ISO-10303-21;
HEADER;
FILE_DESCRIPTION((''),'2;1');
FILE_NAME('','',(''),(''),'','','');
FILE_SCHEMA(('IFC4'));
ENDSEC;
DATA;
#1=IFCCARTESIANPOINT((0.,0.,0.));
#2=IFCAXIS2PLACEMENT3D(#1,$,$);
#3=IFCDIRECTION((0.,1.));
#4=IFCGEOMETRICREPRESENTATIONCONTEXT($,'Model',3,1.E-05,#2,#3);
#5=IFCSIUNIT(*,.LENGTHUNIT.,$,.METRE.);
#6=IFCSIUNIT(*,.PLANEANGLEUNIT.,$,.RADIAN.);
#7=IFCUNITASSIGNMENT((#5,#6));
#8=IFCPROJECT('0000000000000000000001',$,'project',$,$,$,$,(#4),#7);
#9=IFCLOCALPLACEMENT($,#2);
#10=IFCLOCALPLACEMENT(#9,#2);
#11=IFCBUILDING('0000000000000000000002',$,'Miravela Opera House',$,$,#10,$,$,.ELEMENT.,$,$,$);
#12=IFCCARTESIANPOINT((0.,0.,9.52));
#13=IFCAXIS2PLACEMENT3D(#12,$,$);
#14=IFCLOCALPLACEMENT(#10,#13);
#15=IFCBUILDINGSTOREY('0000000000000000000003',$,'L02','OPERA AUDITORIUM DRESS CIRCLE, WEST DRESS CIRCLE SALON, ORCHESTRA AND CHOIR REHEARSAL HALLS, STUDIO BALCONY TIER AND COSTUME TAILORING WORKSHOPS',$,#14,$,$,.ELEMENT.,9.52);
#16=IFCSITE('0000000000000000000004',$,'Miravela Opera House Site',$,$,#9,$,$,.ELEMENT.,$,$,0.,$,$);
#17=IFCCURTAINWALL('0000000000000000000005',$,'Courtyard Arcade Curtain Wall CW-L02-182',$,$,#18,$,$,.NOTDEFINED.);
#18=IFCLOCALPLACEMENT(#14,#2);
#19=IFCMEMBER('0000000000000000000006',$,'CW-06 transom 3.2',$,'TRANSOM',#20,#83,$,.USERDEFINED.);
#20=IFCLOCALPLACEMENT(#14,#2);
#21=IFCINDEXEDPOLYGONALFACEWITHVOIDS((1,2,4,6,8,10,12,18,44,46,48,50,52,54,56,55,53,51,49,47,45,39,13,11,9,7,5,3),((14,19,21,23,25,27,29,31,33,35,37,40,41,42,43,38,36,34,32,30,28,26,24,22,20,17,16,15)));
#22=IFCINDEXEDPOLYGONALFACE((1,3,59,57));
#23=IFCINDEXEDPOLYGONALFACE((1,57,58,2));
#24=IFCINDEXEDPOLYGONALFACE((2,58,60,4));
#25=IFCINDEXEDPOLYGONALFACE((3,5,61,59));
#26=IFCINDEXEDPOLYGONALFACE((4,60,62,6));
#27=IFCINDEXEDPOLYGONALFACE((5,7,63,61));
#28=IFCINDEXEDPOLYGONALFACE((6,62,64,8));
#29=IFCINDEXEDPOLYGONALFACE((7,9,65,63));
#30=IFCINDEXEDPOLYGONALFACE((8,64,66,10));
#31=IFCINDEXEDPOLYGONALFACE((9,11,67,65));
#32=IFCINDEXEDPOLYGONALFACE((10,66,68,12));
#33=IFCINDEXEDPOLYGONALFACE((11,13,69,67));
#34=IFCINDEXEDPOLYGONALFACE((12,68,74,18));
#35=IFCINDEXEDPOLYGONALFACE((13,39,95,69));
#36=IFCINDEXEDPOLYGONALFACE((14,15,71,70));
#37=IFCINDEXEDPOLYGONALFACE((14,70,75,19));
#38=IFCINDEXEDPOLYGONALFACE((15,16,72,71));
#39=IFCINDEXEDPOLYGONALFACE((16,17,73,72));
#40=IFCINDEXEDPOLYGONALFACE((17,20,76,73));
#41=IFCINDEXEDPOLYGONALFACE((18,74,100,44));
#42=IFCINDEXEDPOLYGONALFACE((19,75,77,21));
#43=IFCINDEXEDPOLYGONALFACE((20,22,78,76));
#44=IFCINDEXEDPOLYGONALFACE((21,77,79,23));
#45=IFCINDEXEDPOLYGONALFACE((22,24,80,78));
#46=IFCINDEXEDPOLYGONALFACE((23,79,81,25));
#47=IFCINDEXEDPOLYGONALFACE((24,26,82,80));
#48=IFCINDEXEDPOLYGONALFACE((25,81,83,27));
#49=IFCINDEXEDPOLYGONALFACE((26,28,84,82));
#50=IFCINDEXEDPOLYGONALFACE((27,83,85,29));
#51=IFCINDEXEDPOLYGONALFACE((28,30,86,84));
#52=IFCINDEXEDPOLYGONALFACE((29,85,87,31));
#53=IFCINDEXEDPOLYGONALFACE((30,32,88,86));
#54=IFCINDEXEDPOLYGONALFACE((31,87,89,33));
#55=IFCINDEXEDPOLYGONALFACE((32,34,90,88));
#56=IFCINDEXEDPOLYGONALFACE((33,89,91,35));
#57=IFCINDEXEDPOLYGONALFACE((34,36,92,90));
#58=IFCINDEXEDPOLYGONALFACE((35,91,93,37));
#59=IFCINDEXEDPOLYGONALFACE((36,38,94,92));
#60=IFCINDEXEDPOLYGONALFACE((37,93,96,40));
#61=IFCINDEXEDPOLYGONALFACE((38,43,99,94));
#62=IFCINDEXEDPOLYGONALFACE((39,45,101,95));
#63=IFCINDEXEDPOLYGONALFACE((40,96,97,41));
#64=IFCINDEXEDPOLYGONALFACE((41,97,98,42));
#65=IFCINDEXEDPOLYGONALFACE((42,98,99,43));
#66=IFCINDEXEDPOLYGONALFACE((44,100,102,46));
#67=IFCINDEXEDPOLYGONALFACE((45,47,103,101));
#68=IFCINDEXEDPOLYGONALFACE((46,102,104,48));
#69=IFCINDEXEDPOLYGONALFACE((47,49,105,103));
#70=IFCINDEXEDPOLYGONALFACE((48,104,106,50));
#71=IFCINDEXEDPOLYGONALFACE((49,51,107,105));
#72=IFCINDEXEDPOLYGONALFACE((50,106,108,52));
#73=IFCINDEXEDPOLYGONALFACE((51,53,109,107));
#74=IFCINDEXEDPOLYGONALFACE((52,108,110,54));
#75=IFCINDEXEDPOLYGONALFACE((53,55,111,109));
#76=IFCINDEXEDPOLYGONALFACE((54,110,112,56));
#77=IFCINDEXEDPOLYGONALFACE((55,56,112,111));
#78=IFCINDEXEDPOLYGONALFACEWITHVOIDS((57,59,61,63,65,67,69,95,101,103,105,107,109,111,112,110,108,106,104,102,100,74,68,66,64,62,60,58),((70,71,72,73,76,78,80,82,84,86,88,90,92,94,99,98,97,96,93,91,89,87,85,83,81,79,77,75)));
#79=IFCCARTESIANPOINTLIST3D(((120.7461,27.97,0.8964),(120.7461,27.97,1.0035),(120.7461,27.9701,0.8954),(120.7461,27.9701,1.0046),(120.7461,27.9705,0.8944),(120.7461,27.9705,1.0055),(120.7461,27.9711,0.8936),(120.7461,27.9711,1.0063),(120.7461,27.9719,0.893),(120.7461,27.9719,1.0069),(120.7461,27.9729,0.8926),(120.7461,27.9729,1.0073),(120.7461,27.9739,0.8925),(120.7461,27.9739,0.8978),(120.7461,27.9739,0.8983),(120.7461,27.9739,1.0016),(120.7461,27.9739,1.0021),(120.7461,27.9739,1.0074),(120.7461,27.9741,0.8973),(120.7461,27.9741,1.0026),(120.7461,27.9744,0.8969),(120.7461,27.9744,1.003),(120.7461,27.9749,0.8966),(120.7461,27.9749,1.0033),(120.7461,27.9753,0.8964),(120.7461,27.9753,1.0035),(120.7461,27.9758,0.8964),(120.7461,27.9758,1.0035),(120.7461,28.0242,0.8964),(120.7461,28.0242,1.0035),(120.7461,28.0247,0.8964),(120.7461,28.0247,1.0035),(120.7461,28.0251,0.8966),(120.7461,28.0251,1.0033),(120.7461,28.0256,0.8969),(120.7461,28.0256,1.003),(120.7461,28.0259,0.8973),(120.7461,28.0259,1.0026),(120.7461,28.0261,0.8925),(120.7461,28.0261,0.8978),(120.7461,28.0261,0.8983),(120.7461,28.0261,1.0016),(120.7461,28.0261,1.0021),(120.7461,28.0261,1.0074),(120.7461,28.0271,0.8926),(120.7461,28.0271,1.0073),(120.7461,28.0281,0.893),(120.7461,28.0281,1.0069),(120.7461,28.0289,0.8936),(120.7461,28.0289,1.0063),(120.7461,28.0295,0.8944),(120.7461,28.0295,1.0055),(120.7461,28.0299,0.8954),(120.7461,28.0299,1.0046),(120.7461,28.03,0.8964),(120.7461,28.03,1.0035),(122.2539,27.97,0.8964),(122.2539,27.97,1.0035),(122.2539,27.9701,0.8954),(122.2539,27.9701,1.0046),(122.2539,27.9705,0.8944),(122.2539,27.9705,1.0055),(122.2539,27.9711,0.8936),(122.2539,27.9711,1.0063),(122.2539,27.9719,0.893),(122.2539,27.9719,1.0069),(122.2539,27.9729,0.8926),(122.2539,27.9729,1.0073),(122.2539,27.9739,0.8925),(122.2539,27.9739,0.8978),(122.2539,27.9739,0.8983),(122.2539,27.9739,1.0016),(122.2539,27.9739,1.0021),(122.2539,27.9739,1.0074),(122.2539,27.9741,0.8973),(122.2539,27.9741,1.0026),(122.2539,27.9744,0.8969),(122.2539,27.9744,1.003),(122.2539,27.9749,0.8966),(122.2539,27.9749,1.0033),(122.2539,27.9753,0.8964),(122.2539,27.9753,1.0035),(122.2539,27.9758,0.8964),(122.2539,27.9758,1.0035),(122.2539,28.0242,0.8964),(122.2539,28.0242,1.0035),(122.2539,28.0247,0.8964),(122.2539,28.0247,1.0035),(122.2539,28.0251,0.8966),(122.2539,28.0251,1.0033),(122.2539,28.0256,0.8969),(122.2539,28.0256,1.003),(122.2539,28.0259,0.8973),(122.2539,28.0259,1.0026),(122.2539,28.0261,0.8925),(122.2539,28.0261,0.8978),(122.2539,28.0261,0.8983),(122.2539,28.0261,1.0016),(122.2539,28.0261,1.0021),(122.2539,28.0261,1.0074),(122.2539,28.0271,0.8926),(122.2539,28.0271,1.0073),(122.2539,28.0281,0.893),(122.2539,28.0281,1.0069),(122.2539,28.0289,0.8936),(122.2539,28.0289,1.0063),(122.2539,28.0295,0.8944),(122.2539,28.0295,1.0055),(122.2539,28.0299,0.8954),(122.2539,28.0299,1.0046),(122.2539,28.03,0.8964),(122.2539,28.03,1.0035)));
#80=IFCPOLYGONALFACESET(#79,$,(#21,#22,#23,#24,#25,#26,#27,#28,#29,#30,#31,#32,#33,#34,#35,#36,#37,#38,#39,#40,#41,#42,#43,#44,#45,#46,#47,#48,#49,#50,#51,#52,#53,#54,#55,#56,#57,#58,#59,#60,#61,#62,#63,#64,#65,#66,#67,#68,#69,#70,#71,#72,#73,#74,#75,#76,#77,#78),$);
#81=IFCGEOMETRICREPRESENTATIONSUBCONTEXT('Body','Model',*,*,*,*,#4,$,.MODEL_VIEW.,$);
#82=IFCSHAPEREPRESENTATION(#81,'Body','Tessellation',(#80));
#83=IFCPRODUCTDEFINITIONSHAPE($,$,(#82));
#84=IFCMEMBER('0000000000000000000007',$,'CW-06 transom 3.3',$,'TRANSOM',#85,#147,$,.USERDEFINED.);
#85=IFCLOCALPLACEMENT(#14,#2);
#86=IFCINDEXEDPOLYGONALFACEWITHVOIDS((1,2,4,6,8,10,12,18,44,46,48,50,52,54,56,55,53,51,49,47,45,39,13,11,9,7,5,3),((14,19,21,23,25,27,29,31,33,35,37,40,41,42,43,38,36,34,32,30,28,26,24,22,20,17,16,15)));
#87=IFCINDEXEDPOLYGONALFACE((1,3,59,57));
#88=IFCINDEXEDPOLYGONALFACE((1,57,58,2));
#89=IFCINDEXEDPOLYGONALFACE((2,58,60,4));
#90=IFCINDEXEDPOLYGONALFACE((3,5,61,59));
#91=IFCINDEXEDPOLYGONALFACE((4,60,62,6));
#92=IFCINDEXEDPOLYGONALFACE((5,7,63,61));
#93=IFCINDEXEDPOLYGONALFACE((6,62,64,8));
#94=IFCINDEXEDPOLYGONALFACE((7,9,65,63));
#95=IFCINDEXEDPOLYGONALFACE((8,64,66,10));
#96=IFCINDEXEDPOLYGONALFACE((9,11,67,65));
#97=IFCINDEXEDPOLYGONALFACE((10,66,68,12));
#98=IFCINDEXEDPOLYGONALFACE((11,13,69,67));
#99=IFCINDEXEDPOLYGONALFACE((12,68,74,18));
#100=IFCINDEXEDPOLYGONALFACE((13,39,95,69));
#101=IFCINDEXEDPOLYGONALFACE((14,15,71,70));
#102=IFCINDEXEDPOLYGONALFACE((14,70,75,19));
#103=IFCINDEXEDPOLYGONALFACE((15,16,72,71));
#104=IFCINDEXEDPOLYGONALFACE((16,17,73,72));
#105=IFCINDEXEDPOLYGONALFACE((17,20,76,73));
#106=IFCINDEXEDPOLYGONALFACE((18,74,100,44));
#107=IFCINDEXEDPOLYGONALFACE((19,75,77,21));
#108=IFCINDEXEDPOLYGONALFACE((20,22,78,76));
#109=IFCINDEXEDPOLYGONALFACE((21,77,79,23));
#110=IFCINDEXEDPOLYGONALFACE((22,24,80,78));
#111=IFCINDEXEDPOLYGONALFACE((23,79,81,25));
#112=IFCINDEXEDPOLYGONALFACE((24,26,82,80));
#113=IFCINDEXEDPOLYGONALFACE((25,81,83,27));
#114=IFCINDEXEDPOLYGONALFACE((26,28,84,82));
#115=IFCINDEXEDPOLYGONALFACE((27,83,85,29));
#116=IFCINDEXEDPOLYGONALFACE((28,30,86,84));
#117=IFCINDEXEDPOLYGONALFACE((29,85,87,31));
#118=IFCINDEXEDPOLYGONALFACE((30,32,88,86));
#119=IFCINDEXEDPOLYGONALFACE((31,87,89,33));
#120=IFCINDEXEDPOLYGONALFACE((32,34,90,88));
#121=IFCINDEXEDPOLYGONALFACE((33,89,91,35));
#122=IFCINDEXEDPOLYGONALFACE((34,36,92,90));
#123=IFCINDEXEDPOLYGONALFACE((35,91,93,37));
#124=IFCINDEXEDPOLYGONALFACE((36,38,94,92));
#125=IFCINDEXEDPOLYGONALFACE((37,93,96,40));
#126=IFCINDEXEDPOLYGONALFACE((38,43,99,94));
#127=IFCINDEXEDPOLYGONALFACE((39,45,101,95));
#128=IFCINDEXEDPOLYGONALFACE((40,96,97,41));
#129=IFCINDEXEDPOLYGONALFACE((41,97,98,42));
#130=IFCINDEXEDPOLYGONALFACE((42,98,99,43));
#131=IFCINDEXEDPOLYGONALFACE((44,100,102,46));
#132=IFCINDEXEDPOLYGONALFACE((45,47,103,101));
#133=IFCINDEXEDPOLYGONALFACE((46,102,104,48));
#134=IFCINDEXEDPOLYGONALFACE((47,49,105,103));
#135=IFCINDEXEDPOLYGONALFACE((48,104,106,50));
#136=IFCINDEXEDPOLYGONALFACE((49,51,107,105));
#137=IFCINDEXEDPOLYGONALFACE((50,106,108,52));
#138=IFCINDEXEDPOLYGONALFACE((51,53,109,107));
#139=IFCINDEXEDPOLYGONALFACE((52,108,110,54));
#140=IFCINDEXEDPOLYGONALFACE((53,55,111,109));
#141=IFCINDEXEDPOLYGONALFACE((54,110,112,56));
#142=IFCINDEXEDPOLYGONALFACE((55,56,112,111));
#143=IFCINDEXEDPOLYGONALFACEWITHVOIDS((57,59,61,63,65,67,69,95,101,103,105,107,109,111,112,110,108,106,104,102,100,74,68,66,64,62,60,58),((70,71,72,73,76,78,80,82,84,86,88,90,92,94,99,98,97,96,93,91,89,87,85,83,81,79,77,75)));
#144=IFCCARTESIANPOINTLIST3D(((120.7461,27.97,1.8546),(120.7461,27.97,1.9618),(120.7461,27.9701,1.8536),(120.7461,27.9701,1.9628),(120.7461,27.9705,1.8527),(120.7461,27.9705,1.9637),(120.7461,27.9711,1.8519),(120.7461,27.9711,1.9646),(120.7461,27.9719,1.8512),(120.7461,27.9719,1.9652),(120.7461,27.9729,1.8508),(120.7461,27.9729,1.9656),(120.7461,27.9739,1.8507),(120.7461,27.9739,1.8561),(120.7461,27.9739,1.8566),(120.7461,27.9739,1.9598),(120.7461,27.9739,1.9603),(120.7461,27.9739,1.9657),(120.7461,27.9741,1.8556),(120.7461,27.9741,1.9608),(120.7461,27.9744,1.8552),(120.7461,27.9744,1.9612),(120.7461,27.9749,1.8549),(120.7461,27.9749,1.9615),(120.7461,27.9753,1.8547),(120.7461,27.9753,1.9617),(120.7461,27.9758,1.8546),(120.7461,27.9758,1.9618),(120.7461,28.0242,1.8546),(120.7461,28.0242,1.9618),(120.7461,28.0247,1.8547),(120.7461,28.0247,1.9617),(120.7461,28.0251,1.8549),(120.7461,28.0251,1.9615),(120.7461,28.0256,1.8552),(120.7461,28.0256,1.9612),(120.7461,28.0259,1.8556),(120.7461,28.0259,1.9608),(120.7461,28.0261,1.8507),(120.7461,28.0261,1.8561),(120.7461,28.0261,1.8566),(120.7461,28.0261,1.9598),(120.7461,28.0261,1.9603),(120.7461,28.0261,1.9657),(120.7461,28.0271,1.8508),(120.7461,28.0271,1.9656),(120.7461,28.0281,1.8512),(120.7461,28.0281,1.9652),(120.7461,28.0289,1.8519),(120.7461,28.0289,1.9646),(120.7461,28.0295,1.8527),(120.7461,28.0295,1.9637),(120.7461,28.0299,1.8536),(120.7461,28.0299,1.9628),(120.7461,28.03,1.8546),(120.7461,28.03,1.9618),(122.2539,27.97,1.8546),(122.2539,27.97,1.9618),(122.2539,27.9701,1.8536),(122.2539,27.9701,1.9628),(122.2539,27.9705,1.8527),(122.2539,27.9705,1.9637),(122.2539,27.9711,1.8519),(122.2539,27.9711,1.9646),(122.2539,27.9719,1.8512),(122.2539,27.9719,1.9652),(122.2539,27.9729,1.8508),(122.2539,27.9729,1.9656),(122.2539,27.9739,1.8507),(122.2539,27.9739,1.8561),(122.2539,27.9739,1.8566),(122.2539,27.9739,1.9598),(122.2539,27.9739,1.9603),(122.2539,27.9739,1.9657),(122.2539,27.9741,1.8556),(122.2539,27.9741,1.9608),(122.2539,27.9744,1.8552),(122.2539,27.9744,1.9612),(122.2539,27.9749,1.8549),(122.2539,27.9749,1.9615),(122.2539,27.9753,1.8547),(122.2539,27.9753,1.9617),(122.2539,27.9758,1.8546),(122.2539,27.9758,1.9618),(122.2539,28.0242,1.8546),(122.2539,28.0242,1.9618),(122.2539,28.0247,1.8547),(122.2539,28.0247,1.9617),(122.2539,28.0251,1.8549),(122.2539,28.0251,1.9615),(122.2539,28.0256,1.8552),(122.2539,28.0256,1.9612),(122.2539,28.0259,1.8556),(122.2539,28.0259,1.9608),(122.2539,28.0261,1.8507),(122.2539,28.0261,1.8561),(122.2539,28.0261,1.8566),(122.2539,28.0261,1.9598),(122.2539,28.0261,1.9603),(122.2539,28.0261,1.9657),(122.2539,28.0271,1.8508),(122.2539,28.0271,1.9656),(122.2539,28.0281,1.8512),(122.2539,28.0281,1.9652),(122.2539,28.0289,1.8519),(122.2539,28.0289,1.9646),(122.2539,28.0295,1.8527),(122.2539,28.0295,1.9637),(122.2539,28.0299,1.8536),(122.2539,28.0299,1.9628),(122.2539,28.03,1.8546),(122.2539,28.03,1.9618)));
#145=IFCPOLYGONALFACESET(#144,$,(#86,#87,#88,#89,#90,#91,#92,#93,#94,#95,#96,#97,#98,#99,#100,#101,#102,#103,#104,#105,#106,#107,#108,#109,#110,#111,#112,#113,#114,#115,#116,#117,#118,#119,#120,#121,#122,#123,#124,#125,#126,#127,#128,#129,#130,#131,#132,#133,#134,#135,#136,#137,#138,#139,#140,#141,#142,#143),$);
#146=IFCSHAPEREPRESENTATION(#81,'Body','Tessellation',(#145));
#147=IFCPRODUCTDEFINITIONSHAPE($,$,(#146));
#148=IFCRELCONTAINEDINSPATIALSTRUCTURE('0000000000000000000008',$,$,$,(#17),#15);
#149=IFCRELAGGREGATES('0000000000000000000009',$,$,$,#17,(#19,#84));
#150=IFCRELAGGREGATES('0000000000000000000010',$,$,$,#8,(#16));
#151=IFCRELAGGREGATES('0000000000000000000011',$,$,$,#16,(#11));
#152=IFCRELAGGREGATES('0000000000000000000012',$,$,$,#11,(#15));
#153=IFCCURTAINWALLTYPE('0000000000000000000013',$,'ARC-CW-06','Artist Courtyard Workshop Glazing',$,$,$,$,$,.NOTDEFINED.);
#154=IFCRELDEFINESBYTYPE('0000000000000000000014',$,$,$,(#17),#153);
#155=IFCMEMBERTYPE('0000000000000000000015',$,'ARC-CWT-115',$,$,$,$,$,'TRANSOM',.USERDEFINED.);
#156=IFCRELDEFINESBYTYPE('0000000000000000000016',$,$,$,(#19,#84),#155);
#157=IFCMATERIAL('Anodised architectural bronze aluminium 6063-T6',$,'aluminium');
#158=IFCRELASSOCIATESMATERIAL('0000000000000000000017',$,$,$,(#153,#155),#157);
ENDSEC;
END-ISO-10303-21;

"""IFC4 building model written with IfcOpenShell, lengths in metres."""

from ifc_helpers import new_model, si_unit, direction, frame, origin, origin_2d, place, context, subcontext, project, spatial, hollow_rectangle, extrude, material, material_profile, profile_set, type_object, element, aggregate, save


model = new_model("IFC4")

# Units and contexts
model_context = context("Model", 3, precision=1e-05, world=origin(), true_north=direction((0.0, 1.0)))
body_context = subcontext(model_context, "Body", "Model", "MODEL_VIEW")
ifc_project = project(units=[si_unit("LENGTHUNIT", "METRE"), si_unit("PLANEANGLEUNIT", "RADIAN")], contexts=[model_context])

# Site, building, storey
site_placement = place(None, origin())
site = spatial("IfcSite", under=ifc_project, at=site_placement, Name="Miravela Opera House Site", CompositionType="ELEMENT", RefElevation=0.0)
building_placement = place(site_placement, origin())
building = spatial("IfcBuilding", under=site, at=building_placement, Name="Miravela Opera House", CompositionType="ELEMENT")
storey_placement = place(building_placement, frame((0.0, 0.0, 9.52)))
storey = spatial("IfcBuildingStorey", under=building, at=storey_placement, Name="L02", Description="OPERA AUDITORIUM DRESS CIRCLE, WEST DRESS CIRCLE SALON, ORCHESTRA AND CHOIR REHEARSAL HALLS, STUDIO BALCONY TIER AND COSTUME TAILORING WORKSHOPS", CompositionType="ELEMENT", Elevation=9.52)

# Curtain wall, members
ifc_material_1 = material(Name="Anodised architectural bronze aluminium 6063-T6", Category="aluminium")
curtain_wall_type = type_object("IfcCurtainWallType", Name="ARC-CW-06", Description="Artist Courtyard Workshop Glazing", PredefinedType="NOTDEFINED", material=ifc_material_1)
curtain_wall_placement = place(storey_placement, origin())
curtain_wall = element("IfcCurtainWall", 1, at=curtain_wall_placement, inside=storey, type_object=curtain_wall_type, Name="Courtyard Arcade Curtain Wall CW-L02-182", PredefinedType="NOTDEFINED")
ifc_material_profile_1 = material_profile(ifc_material_1, hollow_rectangle(XDim=0.0601, YDim=0.115, WallThickness=0.0039, InnerFilletRadius=0.002, OuterFilletRadius=0.0039, at=origin_2d()), Name="CWT-60X115")
ifc_profile_set_1 = profile_set([ifc_material_profile_1])
member_type_1 = type_object("IfcMemberType", Name="ARC-CWT-115", ElementType="TRANSOM", PredefinedType="USERDEFINED", material=ifc_profile_set_1)
member_1_placement = place(storey_placement, frame((120.7461, 28.0, 0.95), z_axis=(1.0, 0.0, 0.0), x_axis=(0.0, 1.0, 0.0)))
member_1 = element("IfcMember", 2, at=member_1_placement, type_object=member_type_1, Name="CW-06 transom 3.2", ObjectType="TRANSOM", PredefinedType="USERDEFINED", context=body_context, shape_type="SweptSolid", body=[
    extrude(hollow_rectangle(XDim=0.0601, YDim=0.115, WallThickness=0.0039, InnerFilletRadius=0.002, OuterFilletRadius=0.0039, at=origin_2d()), origin(), (0.0, 0.0, 1.0), 1.5078),
])
member_2_placement = place(storey_placement, frame((120.7461, 28.0, 1.9082), z_axis=(1.0, 0.0, 0.0), x_axis=(0.0, 1.0, 0.0)))
member_2 = element("IfcMember", 3, at=member_2_placement, type_object=member_type_1, Name="CW-06 transom 3.3", ObjectType="TRANSOM", PredefinedType="USERDEFINED", context=body_context, shape_type="SweptSolid", body=[
    extrude(hollow_rectangle(XDim=0.0601, YDim=0.115, WallThickness=0.0039, InnerFilletRadius=0.002, OuterFilletRadius=0.0039, at=origin_2d()), origin(), (0.0, 0.0, 1.0), 1.5078),
])
aggregate(curtain_wall, [member_1, member_2])

save(model, "model.ifc")
